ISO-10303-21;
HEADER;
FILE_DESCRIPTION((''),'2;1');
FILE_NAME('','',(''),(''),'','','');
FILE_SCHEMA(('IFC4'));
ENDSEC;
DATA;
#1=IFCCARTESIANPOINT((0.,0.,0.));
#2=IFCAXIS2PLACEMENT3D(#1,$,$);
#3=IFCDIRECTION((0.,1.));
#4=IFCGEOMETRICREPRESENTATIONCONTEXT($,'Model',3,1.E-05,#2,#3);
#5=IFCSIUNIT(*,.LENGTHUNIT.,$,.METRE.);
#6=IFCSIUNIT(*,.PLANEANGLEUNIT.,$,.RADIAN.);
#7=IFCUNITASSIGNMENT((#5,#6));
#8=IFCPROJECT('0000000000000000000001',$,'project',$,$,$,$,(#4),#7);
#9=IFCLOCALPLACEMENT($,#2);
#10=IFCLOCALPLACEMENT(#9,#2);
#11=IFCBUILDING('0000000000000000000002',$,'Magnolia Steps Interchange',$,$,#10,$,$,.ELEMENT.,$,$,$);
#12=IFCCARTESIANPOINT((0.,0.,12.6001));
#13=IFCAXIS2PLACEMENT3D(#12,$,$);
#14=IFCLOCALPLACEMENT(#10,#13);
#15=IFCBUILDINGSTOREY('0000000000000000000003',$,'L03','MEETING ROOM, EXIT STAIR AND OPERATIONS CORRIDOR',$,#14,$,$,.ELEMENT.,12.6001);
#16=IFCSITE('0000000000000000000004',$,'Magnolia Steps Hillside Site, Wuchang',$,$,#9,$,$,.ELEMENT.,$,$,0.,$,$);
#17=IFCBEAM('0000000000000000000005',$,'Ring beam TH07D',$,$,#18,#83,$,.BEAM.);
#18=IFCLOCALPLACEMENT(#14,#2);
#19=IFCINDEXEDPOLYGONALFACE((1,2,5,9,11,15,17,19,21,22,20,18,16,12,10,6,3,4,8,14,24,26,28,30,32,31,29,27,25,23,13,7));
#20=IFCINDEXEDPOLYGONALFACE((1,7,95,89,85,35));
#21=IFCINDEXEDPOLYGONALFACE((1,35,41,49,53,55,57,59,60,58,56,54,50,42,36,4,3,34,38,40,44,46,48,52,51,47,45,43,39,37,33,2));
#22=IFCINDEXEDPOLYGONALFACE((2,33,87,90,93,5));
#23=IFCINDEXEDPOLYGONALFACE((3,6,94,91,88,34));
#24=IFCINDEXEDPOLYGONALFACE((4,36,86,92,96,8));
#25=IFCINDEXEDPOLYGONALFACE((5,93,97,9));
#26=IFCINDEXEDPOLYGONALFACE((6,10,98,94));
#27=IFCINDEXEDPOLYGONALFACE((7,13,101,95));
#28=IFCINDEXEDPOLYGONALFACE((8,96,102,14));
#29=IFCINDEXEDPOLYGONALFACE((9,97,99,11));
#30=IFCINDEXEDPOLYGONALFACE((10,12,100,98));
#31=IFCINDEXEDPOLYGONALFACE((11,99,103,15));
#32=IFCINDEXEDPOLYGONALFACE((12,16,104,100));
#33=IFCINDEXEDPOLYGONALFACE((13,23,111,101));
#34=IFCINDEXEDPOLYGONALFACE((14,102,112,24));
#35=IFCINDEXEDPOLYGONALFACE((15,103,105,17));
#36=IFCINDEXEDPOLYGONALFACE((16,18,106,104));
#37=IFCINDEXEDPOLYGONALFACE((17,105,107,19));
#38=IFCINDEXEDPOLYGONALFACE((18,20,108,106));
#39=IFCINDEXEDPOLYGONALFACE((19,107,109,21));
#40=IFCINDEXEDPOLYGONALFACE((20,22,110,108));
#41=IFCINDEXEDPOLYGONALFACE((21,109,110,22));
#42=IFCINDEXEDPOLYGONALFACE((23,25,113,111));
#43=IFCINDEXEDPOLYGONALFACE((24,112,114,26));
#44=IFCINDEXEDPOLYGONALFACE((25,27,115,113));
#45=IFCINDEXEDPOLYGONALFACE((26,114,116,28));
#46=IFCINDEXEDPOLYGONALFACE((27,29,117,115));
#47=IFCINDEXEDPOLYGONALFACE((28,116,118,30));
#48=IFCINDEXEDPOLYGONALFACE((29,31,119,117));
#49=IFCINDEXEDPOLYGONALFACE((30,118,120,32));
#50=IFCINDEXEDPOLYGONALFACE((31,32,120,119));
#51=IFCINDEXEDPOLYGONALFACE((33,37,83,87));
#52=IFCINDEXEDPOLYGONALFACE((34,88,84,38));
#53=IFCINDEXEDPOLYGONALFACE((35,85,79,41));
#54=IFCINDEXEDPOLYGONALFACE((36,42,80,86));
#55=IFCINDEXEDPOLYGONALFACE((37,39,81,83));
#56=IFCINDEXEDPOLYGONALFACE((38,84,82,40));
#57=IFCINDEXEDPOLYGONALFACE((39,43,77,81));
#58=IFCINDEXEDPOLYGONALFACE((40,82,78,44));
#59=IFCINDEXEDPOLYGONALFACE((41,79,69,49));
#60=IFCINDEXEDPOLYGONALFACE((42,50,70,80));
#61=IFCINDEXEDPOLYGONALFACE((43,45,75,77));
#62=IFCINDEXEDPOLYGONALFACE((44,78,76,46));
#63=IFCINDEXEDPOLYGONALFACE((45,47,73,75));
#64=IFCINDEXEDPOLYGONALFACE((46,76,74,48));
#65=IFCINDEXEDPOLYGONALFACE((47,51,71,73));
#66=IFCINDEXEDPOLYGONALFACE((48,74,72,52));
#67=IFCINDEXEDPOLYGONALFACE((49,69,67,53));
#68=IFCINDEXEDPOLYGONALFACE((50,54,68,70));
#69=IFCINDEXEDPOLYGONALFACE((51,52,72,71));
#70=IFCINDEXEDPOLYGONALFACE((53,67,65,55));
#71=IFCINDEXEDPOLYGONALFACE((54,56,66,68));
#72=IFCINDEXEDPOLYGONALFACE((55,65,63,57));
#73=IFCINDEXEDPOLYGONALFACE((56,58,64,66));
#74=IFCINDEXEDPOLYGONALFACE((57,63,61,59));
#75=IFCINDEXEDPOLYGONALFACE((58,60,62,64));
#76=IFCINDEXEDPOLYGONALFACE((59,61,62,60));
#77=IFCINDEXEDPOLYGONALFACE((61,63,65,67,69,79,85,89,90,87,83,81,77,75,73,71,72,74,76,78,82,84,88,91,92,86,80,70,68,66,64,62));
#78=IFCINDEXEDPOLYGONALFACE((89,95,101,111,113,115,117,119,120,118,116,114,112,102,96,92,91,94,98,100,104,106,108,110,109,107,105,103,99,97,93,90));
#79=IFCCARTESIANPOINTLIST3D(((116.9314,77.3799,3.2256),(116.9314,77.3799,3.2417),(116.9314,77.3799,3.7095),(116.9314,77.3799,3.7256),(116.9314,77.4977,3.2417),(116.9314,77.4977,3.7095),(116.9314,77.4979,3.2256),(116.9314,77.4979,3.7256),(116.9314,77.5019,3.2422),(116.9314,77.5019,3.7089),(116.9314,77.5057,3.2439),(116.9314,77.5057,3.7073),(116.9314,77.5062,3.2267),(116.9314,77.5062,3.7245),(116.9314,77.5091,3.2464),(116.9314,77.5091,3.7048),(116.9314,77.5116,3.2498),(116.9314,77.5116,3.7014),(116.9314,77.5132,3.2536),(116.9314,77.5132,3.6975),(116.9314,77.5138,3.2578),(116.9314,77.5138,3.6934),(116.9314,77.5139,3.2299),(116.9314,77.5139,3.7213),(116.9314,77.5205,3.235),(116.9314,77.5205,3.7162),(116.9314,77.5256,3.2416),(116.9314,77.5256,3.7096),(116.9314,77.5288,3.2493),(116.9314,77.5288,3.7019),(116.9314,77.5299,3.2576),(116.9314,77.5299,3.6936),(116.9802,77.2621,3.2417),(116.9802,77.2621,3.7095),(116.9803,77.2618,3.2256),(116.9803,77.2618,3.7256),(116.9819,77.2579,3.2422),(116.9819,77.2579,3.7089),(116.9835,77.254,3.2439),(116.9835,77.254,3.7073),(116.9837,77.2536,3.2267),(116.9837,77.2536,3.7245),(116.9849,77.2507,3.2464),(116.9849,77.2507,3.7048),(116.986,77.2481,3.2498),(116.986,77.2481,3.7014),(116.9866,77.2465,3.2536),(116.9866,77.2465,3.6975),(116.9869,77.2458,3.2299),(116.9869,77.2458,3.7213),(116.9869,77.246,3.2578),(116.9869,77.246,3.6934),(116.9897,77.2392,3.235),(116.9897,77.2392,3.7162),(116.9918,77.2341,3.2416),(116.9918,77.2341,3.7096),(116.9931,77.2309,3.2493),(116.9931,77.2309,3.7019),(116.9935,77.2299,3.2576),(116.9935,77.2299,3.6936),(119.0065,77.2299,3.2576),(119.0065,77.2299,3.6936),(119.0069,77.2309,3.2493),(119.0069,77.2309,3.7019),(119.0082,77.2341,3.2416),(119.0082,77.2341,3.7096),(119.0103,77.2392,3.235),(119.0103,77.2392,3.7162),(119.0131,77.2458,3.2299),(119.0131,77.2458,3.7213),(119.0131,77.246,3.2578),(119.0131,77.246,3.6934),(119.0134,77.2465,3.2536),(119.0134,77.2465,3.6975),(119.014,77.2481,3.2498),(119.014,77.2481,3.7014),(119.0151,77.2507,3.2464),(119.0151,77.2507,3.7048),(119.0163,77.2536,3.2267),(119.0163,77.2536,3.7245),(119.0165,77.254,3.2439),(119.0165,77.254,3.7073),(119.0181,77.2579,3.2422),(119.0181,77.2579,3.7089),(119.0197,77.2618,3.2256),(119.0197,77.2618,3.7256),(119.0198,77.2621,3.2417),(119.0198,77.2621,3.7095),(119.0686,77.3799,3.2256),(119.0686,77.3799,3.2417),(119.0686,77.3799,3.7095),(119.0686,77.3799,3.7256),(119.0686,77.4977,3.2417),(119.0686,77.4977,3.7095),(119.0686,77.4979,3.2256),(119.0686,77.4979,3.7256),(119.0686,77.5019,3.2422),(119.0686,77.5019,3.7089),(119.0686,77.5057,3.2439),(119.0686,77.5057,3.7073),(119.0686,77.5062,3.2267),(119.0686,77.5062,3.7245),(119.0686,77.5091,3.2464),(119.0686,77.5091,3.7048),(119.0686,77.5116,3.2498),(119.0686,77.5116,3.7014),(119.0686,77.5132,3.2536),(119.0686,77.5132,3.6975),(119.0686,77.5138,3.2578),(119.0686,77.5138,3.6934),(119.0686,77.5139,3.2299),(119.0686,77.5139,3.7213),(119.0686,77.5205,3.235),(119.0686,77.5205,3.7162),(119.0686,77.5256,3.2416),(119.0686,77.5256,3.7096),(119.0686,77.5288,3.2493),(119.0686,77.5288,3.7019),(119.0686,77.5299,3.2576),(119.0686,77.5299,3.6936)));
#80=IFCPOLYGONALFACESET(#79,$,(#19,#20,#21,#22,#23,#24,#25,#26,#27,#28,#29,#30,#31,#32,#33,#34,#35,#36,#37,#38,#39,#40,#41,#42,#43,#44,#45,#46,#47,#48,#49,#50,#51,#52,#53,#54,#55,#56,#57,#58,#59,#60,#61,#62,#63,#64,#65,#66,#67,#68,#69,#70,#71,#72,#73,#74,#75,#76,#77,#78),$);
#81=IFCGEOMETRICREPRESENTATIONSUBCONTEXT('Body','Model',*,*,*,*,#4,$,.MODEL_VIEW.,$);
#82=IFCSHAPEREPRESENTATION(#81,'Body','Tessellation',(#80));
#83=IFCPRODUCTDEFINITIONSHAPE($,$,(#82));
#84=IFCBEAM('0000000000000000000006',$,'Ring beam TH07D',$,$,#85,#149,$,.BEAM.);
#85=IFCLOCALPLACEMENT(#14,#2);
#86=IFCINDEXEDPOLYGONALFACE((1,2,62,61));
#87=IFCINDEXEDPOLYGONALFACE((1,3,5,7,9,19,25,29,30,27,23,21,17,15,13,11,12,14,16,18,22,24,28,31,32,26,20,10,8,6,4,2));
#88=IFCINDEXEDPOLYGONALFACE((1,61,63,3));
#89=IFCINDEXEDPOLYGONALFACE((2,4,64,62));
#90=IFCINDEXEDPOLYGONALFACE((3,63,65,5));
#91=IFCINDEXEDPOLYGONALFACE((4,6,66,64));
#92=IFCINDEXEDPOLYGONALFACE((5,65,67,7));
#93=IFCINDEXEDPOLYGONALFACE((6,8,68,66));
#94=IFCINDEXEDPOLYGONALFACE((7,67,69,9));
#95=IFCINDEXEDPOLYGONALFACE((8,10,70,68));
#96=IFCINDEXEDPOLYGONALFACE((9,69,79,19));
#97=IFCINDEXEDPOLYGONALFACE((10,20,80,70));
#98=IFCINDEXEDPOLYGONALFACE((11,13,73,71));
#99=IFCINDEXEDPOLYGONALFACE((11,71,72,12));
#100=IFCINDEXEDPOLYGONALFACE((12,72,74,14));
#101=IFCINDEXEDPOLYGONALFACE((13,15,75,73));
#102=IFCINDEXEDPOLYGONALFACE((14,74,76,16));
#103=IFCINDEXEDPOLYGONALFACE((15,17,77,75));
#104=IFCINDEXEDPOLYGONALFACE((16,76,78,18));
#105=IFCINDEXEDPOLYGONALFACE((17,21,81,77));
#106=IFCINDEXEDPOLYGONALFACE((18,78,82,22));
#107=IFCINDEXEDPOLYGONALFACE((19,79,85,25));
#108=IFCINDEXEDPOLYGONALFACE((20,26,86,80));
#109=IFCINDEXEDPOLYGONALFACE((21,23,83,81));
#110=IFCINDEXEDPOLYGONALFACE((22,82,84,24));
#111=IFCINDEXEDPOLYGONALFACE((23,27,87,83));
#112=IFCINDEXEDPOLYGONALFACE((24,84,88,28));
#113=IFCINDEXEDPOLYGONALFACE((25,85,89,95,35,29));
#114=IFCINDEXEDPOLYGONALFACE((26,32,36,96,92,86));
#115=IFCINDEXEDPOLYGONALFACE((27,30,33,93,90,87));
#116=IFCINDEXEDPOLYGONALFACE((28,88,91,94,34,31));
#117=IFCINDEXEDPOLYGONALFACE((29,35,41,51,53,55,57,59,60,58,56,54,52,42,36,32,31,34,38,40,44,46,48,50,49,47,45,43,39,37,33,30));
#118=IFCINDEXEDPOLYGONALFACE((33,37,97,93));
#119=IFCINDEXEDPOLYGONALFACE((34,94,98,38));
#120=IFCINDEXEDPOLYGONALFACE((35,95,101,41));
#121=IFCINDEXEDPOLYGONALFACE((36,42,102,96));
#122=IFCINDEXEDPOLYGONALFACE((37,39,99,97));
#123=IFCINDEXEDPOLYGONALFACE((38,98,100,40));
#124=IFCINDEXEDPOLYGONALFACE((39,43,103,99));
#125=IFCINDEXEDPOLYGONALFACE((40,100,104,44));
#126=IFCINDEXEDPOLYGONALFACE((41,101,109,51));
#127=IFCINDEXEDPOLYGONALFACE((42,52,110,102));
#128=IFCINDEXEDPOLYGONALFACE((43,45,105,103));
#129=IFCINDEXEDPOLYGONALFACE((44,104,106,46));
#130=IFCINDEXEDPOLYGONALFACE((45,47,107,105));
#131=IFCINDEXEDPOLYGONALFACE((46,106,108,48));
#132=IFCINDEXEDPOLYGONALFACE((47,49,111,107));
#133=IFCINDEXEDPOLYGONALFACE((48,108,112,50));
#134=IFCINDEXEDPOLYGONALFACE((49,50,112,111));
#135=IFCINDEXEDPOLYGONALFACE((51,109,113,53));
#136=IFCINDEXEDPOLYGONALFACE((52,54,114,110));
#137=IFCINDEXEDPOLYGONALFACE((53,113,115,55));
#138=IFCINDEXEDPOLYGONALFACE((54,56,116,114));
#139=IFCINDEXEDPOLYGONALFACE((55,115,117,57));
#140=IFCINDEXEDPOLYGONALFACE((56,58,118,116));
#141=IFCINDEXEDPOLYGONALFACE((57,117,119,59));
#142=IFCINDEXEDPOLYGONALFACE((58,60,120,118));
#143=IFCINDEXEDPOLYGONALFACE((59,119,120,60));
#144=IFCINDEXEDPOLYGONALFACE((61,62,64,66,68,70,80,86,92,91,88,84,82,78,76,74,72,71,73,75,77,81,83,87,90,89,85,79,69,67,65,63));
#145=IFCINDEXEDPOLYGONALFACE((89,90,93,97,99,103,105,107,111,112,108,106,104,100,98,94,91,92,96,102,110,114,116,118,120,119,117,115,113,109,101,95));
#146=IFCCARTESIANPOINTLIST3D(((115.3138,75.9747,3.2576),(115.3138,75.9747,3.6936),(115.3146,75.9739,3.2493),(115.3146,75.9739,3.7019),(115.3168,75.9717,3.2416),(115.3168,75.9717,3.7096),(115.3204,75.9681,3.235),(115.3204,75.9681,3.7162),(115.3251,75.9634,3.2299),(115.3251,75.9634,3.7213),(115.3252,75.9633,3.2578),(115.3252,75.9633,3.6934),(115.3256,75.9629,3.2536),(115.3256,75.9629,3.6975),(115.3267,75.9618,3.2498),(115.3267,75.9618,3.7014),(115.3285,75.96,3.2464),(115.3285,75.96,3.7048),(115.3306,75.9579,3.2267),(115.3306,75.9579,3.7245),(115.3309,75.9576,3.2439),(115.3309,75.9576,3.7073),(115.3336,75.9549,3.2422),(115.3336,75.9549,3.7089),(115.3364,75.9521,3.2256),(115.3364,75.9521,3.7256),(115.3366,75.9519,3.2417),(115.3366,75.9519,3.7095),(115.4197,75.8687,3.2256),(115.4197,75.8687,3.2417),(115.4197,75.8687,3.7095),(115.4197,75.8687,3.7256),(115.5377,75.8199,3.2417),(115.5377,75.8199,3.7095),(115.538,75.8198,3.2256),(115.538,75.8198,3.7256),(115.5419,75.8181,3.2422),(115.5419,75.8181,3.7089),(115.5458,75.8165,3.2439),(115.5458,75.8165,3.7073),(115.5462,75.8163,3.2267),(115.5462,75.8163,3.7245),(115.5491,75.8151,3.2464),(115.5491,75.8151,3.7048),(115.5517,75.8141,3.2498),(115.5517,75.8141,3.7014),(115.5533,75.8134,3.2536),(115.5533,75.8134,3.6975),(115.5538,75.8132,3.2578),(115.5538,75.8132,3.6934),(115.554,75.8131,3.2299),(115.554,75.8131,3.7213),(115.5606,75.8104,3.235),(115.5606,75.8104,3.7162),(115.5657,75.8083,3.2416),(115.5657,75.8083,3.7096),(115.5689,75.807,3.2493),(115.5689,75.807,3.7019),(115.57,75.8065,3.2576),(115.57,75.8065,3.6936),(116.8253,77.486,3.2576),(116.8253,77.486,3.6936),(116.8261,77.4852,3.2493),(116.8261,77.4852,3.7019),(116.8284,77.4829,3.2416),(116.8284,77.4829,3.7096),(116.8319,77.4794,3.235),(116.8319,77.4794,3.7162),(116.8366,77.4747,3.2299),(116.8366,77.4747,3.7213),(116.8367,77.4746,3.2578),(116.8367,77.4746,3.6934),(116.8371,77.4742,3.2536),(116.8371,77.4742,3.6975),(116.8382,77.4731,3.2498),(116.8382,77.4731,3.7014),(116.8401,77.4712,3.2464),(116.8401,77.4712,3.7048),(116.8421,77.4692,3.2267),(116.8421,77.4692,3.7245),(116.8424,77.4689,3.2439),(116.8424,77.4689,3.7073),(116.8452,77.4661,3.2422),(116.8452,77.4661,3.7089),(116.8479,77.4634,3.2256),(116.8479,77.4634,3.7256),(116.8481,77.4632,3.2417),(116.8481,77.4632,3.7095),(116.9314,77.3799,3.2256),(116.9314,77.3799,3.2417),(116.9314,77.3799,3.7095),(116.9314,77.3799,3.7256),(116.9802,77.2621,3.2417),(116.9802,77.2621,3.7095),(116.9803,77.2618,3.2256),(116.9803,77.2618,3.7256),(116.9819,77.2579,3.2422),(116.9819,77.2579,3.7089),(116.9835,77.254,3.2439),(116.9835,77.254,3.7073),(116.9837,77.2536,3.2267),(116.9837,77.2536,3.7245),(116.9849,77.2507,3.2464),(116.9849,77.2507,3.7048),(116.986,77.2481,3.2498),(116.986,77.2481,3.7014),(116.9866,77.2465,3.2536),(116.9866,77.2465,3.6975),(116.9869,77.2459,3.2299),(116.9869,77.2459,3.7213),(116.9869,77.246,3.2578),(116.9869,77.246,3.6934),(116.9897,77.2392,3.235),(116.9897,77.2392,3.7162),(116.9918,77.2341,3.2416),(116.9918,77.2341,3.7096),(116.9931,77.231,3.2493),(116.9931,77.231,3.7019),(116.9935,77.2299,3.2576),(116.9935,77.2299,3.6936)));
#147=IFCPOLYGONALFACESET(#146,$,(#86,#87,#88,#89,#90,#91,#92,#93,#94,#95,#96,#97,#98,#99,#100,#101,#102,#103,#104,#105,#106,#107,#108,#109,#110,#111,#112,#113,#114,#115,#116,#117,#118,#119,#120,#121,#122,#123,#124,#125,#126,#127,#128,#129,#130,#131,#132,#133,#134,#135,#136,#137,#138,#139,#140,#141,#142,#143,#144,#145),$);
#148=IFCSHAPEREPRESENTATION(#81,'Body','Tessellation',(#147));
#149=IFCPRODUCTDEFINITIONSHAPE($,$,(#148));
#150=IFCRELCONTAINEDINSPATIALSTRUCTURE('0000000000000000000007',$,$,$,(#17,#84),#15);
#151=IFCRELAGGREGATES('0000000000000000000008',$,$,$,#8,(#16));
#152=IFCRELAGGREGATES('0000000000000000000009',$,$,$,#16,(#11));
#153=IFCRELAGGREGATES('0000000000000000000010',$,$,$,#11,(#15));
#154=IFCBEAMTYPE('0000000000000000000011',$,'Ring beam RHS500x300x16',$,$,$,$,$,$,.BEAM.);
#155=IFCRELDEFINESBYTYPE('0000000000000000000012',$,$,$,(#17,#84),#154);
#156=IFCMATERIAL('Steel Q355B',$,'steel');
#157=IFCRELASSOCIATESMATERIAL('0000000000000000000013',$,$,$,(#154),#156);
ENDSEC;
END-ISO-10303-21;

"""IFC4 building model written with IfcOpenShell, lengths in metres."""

from ifc_helpers import new_model, si_unit, direction, frame, origin, origin_2d, place, context, subcontext, project, spatial, hollow_rectangle, extrude, clip, halfspace, material, material_profile, profile_set, type_object, element, save


model = new_model("IFC4")

# Units and contexts
model_context = context("Model", 3, precision=1e-05, world=origin(), true_north=direction((0.0, 1.0)))
body_context = subcontext(model_context, "Body", "Model", "MODEL_VIEW")
ifc_project = project(units=[si_unit("LENGTHUNIT", "METRE"), si_unit("PLANEANGLEUNIT", "RADIAN")], contexts=[model_context])

# Site, building, storey
site_placement = place(None, origin())
site = spatial("IfcSite", under=ifc_project, at=site_placement, Name="Magnolia Steps Hillside Site, Wuchang", CompositionType="ELEMENT", RefElevation=0.0)
building_placement = place(site_placement, origin())
building = spatial("IfcBuilding", under=site, at=building_placement, Name="Magnolia Steps Interchange", CompositionType="ELEMENT")
storey_placement = place(building_placement, frame((0.0, 0.0, 12.6001)))
storey = spatial("IfcBuildingStorey", under=building, at=storey_placement, Name="L03", Description="MEETING ROOM, EXIT STAIR AND OPERATIONS CORRIDOR", CompositionType="ELEMENT", Elevation=12.6001)

# Beams
ifc_material_1 = material(Name="Steel Q355B", Category="steel")
ifc_material_profile_1 = material_profile(ifc_material_1, hollow_rectangle(XDim=0.3, YDim=0.5, WallThickness=0.0161, InnerFilletRadius=0.0161, OuterFilletRadius=0.032, at=origin_2d()), Name="RHS500x300x16")
ifc_profile_set_1 = profile_set([ifc_material_profile_1], Name="Steel Q355B")
beam_type = type_object("IfcBeamType", Name="Ring beam RHS500x300x16", PredefinedType="BEAM", material=ifc_profile_set_1)
beam_1_placement = place(storey_placement, frame((119.0686, 77.3799, 3.4756), z_axis=(-1.0, 0.0, 0.0), x_axis=(0.0, -1.0, 0.0)))
element("IfcBeam", 1, at=beam_1_placement, inside=storey, type_object=beam_type, Name="Ring beam TH07D", PredefinedType="BEAM", context=body_context, shape_type="Clipping", body=[
    clip(clip(extrude(hollow_rectangle(XDim=0.3, YDim=0.5, WallThickness=0.0161, InnerFilletRadius=0.0161, OuterFilletRadius=0.032, at=origin_2d()), origin(), (0.0, 0.0, 1.0), 2.1372), halfspace(frame((0.0, 0.0, 0.0), z_axis=(0.382683, 0.0, -0.92388), x_axis=(0.92388, 0.0, 0.382683)), False)), halfspace(frame((0.0, 0.0, 2.1372), z_axis=(0.382683, 0.0, 0.92388), x_axis=(0.92388, 0.0, -0.382683)), False)),
])
beam_2_placement = place(storey_placement, frame((116.9314, 77.3799, 3.4756), z_axis=(-0.707164, -0.70705, 0.0), x_axis=(0.70705, -0.707164, 0.0)))
element("IfcBeam", 2, at=beam_2_placement, inside=storey, type_object=beam_type, Name="Ring beam TH07D", PredefinedType="BEAM", context=body_context, shape_type="Clipping", body=[
    clip(clip(extrude(hollow_rectangle(XDim=0.3, YDim=0.5, WallThickness=0.0161, InnerFilletRadius=0.0161, OuterFilletRadius=0.032, at=origin_2d()), origin(), (0.0, 0.0, 1.0), 2.1375), halfspace(frame((0.0, 0.0, 0.0), z_axis=(0.382609, 0.0, -0.92391), x_axis=(0.92391, 0.0, 0.382609)), False)), halfspace(frame((0.0, 0.0, 2.1374), z_axis=(0.382758, 0.0, 0.923849), x_axis=(0.923849, 0.0, -0.382758)), False)),
])

save(model, "model.ifc")
